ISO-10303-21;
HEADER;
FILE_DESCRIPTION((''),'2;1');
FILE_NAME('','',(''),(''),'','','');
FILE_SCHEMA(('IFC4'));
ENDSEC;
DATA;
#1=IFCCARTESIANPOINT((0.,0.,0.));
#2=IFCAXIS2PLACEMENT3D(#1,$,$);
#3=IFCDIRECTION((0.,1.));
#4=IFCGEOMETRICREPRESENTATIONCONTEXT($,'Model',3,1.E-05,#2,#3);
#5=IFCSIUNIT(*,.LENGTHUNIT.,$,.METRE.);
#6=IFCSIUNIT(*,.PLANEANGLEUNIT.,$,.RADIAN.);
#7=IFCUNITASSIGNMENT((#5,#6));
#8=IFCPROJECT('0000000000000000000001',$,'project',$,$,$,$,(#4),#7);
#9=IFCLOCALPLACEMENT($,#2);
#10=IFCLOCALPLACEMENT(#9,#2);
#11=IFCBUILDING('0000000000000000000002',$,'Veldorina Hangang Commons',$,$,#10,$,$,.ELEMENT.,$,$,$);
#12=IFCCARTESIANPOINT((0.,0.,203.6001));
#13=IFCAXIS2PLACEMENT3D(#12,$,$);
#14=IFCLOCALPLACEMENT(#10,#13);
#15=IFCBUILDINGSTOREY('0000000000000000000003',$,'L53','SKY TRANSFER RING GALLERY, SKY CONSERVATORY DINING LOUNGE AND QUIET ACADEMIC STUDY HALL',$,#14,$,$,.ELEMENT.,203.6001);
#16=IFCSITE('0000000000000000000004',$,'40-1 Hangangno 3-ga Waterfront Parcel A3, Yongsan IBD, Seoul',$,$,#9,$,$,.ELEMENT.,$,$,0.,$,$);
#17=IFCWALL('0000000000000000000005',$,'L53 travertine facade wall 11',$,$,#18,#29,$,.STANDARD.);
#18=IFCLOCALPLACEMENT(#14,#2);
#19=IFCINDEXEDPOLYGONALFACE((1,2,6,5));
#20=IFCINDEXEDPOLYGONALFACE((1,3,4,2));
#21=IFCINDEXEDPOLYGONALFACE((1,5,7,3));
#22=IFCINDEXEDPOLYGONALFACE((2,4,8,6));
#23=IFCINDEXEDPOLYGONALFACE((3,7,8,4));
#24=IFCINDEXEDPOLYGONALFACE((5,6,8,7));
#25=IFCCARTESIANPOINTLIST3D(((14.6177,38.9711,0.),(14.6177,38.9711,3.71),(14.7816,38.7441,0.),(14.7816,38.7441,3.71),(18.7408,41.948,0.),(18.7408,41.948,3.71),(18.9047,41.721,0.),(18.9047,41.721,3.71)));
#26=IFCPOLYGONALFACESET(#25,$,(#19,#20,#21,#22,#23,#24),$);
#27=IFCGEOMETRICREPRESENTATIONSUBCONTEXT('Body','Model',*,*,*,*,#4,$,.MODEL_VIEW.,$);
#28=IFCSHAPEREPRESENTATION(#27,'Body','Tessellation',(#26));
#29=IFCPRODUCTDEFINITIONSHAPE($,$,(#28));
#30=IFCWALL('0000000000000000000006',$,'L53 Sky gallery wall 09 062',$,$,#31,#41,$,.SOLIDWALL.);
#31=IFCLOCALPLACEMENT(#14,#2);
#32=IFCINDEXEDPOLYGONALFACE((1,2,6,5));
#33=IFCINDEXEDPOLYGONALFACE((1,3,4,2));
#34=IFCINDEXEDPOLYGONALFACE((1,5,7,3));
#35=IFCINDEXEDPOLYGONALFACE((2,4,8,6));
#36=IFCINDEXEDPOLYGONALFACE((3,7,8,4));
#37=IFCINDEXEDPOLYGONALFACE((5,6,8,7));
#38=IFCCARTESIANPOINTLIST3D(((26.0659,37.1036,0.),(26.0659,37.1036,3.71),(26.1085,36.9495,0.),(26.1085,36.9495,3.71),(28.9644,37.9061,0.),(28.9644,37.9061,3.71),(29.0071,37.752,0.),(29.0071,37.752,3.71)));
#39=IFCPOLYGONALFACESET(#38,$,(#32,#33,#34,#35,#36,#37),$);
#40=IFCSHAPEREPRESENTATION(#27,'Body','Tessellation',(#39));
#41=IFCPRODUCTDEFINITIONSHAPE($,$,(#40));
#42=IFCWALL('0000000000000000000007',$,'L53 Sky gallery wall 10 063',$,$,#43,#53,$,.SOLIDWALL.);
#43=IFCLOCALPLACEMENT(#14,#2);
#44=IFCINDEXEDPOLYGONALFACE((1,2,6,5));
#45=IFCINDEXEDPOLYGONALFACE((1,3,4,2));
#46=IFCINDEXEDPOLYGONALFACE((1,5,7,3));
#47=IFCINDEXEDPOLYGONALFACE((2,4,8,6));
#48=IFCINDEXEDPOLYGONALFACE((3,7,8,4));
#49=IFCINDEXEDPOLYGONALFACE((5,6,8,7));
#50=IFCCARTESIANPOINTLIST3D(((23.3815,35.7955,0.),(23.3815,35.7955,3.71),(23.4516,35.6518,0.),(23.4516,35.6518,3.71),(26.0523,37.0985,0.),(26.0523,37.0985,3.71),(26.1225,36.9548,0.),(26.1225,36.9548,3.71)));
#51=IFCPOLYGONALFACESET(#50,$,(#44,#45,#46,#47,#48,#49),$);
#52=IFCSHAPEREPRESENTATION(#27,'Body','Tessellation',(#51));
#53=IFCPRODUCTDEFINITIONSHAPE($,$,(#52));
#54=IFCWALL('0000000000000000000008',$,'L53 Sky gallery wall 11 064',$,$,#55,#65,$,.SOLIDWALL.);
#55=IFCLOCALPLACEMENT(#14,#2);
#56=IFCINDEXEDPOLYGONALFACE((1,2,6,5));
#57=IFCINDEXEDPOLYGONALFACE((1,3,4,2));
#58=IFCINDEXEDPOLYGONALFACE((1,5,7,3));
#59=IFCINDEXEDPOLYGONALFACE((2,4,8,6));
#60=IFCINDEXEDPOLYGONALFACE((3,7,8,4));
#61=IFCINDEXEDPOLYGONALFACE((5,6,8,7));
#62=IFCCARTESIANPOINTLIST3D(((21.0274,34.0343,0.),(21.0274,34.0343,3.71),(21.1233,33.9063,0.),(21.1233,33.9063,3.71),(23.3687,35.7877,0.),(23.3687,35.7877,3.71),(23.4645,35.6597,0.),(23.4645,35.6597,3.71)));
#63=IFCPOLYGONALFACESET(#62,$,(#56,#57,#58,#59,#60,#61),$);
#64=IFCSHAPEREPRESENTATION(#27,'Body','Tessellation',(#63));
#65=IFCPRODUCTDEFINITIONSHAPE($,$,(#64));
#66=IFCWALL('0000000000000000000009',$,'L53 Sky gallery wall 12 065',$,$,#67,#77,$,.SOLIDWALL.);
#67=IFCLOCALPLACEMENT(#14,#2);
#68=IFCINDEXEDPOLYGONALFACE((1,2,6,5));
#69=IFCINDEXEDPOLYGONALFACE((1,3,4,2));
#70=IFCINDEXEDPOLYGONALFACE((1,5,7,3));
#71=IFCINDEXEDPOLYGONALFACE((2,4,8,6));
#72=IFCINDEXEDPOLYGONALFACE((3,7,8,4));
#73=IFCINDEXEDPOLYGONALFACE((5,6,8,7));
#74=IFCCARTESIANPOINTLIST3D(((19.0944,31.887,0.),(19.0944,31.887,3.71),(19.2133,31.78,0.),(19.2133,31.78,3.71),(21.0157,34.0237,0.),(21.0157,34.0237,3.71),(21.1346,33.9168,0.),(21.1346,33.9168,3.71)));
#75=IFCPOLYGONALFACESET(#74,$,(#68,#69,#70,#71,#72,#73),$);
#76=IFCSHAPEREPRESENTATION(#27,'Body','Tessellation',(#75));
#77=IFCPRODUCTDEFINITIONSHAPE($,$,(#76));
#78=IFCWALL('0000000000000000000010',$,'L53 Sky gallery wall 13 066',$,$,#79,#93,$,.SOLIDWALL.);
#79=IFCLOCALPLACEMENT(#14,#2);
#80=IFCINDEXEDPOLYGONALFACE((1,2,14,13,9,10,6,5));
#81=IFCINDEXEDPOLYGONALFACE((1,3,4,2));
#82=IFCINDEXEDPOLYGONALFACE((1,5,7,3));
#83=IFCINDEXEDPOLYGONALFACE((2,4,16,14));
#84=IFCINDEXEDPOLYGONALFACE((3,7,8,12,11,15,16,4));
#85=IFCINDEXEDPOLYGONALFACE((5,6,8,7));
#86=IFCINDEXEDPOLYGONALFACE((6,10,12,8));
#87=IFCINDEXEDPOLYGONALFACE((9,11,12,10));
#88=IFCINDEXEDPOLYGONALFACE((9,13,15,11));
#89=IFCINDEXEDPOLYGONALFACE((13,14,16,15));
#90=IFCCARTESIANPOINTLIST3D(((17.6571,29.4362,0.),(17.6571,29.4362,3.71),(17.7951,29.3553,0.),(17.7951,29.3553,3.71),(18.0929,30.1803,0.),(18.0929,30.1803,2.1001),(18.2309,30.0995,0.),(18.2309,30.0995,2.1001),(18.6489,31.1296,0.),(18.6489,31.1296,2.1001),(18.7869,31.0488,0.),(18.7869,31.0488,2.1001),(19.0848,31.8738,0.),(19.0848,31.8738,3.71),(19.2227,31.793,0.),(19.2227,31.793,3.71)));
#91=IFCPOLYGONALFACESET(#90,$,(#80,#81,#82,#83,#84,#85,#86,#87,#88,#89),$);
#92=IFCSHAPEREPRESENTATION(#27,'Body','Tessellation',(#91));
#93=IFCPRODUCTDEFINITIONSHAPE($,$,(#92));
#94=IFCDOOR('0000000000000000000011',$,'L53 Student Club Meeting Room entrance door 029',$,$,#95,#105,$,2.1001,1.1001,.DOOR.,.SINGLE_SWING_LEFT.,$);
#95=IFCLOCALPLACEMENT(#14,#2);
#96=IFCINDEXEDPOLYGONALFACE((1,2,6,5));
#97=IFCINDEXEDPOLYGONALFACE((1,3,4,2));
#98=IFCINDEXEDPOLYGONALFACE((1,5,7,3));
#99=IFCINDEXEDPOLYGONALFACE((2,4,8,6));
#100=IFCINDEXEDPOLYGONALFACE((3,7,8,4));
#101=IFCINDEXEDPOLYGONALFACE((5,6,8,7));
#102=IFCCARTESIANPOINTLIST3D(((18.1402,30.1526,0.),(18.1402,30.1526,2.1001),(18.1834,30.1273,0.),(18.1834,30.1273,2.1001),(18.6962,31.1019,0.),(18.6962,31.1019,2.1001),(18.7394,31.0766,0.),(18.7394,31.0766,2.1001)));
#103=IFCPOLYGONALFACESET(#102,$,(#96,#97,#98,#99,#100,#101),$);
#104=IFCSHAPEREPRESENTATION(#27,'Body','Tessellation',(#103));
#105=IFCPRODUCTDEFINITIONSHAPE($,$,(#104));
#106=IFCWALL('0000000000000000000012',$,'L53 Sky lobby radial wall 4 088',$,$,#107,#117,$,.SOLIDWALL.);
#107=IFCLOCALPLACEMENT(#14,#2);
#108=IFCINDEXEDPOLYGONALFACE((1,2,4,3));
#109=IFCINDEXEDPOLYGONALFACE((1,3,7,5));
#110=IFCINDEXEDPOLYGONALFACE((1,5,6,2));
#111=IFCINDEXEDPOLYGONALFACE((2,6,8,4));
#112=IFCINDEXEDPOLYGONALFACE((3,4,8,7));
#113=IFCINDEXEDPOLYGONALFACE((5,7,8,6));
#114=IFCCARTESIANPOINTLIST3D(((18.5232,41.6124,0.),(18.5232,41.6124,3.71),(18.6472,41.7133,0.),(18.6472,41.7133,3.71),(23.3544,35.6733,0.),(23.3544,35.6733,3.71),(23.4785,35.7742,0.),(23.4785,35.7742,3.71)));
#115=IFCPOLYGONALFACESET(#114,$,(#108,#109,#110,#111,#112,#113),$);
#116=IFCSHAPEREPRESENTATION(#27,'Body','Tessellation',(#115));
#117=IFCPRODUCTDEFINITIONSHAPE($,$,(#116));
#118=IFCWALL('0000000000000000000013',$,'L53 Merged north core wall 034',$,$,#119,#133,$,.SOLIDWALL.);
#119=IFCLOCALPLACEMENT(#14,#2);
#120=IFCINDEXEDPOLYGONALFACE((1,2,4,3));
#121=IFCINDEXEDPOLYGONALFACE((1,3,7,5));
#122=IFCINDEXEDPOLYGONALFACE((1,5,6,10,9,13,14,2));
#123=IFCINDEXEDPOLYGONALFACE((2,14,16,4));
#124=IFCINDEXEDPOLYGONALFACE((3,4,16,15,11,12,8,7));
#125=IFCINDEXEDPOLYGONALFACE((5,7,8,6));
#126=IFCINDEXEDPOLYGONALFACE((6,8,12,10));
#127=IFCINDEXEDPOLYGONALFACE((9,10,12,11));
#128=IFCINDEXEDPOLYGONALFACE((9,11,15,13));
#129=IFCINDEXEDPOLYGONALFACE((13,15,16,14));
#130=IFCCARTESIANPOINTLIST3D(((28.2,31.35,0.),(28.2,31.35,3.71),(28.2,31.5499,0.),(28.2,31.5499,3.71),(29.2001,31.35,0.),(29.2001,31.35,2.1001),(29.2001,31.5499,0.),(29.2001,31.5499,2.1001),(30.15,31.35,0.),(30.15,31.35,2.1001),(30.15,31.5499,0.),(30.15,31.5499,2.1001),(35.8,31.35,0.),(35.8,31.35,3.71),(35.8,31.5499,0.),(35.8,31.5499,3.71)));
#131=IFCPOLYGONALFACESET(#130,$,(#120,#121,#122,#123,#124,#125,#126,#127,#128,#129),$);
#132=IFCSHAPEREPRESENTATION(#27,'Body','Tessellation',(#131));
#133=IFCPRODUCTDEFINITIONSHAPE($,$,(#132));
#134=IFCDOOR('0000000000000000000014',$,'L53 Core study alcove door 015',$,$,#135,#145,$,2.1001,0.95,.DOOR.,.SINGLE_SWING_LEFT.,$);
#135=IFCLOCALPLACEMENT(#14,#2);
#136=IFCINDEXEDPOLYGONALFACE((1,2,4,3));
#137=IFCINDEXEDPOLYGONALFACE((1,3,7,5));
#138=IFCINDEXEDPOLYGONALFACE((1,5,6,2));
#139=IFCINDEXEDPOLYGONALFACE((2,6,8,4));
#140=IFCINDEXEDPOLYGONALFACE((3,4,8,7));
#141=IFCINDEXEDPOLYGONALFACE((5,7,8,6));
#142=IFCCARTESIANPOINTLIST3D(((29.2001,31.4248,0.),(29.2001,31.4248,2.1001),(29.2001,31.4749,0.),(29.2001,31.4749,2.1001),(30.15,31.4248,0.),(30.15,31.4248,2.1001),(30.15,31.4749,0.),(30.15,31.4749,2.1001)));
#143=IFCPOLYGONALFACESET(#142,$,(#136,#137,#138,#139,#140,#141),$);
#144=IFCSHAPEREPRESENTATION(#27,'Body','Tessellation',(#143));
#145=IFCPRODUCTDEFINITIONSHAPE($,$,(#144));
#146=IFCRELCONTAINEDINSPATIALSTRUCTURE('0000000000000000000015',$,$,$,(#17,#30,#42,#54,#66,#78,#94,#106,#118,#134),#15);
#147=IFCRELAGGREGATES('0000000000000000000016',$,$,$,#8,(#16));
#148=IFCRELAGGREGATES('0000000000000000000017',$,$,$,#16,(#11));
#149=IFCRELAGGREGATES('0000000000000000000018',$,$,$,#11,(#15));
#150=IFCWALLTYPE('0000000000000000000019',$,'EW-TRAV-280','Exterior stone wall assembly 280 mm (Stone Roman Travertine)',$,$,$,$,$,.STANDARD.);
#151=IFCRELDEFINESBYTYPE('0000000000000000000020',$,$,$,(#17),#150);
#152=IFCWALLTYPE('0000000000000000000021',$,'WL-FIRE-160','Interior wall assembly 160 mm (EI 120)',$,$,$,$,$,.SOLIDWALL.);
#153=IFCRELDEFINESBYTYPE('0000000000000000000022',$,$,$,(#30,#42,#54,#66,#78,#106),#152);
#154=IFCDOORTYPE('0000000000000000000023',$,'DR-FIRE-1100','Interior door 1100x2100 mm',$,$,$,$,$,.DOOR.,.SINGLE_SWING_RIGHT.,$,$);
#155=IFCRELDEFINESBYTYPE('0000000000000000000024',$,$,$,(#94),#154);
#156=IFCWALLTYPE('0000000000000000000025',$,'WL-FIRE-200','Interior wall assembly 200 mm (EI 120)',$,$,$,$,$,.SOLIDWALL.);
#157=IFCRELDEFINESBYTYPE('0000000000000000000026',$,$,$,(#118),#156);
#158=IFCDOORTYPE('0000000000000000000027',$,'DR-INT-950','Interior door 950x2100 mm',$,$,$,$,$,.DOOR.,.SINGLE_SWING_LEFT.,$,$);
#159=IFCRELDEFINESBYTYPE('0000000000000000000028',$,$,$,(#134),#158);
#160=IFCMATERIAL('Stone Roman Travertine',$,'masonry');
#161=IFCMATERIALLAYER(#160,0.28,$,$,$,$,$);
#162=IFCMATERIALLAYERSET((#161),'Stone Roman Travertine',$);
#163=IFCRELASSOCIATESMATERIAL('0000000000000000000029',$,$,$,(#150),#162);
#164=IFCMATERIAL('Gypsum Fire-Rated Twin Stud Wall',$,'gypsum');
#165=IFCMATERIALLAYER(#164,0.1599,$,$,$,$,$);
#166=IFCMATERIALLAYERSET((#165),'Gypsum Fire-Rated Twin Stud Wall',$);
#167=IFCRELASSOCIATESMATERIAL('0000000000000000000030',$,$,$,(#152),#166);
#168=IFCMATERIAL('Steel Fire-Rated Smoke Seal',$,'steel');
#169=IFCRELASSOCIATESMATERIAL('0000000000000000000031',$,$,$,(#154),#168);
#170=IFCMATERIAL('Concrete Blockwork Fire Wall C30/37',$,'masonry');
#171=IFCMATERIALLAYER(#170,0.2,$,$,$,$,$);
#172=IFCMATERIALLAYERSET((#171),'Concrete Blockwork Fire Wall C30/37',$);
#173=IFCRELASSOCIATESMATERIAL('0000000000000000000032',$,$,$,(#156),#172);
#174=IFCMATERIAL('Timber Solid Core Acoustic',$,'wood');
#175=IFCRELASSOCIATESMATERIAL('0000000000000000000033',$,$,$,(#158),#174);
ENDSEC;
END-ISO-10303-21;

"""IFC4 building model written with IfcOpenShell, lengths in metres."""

from ifc_helpers import new_model, si_unit, direction, frame, frame_2d, origin, place, context, subcontext, project, spatial, rectangle, extrude, material, layer, layer_set, type_object, element, fill, save


model = new_model("IFC4")

# Units and contexts
model_context = context("Model", 3, precision=1e-05, world=origin(), true_north=direction((0.0, 1.0)))
body_context = subcontext(model_context, "Body", "Model", "MODEL_VIEW")
ifc_project = project(units=[si_unit("LENGTHUNIT", "METRE"), si_unit("PLANEANGLEUNIT", "RADIAN")], contexts=[model_context])

# Site, building, storey
site_placement = place(None, origin())
site = spatial("IfcSite", under=ifc_project, at=site_placement, Name="40-1 Hangangno 3-ga Waterfront Parcel A3, Yongsan IBD, Seoul", CompositionType="ELEMENT", RefElevation=0.0)
building_placement = place(site_placement, origin())
building = spatial("IfcBuilding", under=site, at=building_placement, Name="Veldorina Hangang Commons", CompositionType="ELEMENT")
storey_placement = place(building_placement, frame((0.0, 0.0, 203.6001)))
storey = spatial("IfcBuildingStorey", under=building, at=storey_placement, Name="L53", Description="SKY TRANSFER RING GALLERY, SKY CONSERVATORY DINING LOUNGE AND QUIET ACADEMIC STUDY HALL", CompositionType="ELEMENT", Elevation=203.6001)

# Walls
ifc_material_1 = material(Name="Stone Roman Travertine", Category="masonry")
ifc_layer_1 = layer(ifc_material_1, 0.28)
ifc_layer_set_1 = layer_set([ifc_layer_1], Name="Stone Roman Travertine")
wall_type_1 = type_object("IfcWallType", Name="EW-TRAV-280", Description="Exterior stone wall assembly 280 mm (Stone Roman Travertine)", PredefinedType="STANDARD", material=ifc_layer_set_1)
wall_1_placement = place(storey_placement, frame((18.8228, 41.8345, 0.0), z_axis=(0.0, 0.0, 1.0), x_axis=(-0.810768, -0.585368, 0.0)))
element("IfcWall", 1, at=wall_1_placement, inside=storey, type_object=wall_type_1, Name="L53 travertine facade wall 11", PredefinedType="STANDARD", context=body_context, shape_type="SweptSolid", body=[
    extrude(rectangle(XDim=5.0854, YDim=0.28, at=frame_2d((2.5427, 0.0))), origin(), (0.0, 0.0, 1.0), 3.71),
])
ifc_material_2 = material(Name="Gypsum Fire-Rated Twin Stud Wall", Category="gypsum")
ifc_layer_2 = layer(ifc_material_2, 0.1599)
ifc_layer_set_2 = layer_set([ifc_layer_2], Name="Gypsum Fire-Rated Twin Stud Wall")
wall_type_2 = type_object("IfcWallType", Name="WL-FIRE-160", Description="Interior wall assembly 160 mm (EI 120)", PredefinedType="SOLIDWALL", material=ifc_layer_set_2)
wall_2_placement = place(storey_placement, frame((28.9858, 37.8291, 0.0), z_axis=(0.0, 0.0, 1.0), x_axis=(-0.963743, -0.266832, 0.0)))
element("IfcWall", 2, at=wall_2_placement, inside=storey, type_object=wall_type_2, Name="L53 Sky gallery wall 09 062", PredefinedType="SOLIDWALL", context=body_context, shape_type="SweptSolid", body=[
    extrude(rectangle(XDim=3.0076, YDim=0.1599, at=frame_2d((1.5039, 0.0))), origin(), (0.0, 0.0, 1.0), 3.71),
])
wall_3_placement = place(storey_placement, frame((26.0874, 37.0266, 0.0), z_axis=(0.0, 0.0, 1.0), x_axis=(-0.898755, -0.438451, 0.0)))
element("IfcWall", 3, at=wall_3_placement, inside=storey, type_object=wall_type_2, Name="L53 Sky gallery wall 10 063", PredefinedType="SOLIDWALL", context=body_context, shape_type="SweptSolid", body=[
    extrude(rectangle(XDim=2.9717, YDim=0.1599, at=frame_2d((1.4858, 0.0))), origin(), (0.0, 0.0, 1.0), 3.71),
])
wall_4_placement = place(storey_placement, frame((23.4165, 35.7236, 0.0), z_axis=(0.0, 0.0, 1.0), x_axis=(-0.80042, -0.599439, 0.0)))
element("IfcWall", 4, at=wall_4_placement, inside=storey, type_object=wall_type_2, Name="L53 Sky gallery wall 11 064", PredefinedType="SOLIDWALL", context=body_context, shape_type="SweptSolid", body=[
    extrude(rectangle(XDim=2.925, YDim=0.1599, at=frame_2d((1.4624, 0.0))), origin(), (0.0, 0.0, 1.0), 3.71),
])
wall_5_placement = place(storey_placement, frame((21.0752, 33.9702, 0.0), z_axis=(0.0, 0.0, 1.0), x_axis=(-0.668645, -0.743581, 0.0)))
element("IfcWall", 5, at=wall_5_placement, inside=storey, type_object=wall_type_2, Name="L53 Sky gallery wall 12 065", PredefinedType="SOLIDWALL", context=body_context, shape_type="SweptSolid", body=[
    extrude(rectangle(XDim=2.8735, YDim=0.1599, at=frame_2d((1.4368, 0.0))), origin(), (0.0, 0.0, 1.0), 3.71),
])

# Wall, opening, door
wall_6_placement = place(storey_placement, frame((19.1538, 31.8335, 0.0), z_axis=(0.0, 0.0, 1.0), x_axis=(-0.50538, -0.862897, 0.0)))
wall_6 = element("IfcWall", 6, at=wall_6_placement, inside=storey, type_object=wall_type_2, Name="L53 Sky gallery wall 13 066", PredefinedType="SOLIDWALL", context=body_context, shape_type="SweptSolid", body=[
    extrude(rectangle(XDim=2.825, YDim=0.1599, at=frame_2d((1.4126, 0.0))), origin(), (0.0, 0.0, 1.0), 3.71),
])
opening_1_placement = place(wall_6_placement, frame((0.8625, 0.0, 0.0)))
opening_1 = element("IfcOpeningElement", 7, at=opening_1_placement, cuts=wall_6, PredefinedType="OPENING", context=body_context, shape_type="SweptSolid", body=[
    extrude(rectangle(XDim=1.1001, YDim=2.1001, at=frame_2d((0.55, 1.05))), frame((0.0, 0.0898, 0.0), z_axis=(0.0, -1.0, 0.0), x_axis=(1.0, 0.0, 0.0)), (0.0, 0.0, 1.0), 0.1799),
])
ifc_material_3 = material(Name="Steel Fire-Rated Smoke Seal", Category="steel")
door_type_1 = type_object("IfcDoorType", Name="DR-FIRE-1100", Description="Interior door 1100x2100 mm", OperationType="SINGLE_SWING_RIGHT", PredefinedType="DOOR", material=ifc_material_3)
door_1_placement = place(opening_1_placement, origin())
door_1 = element("IfcDoor", 8, at=door_1_placement, inside=storey, type_object=door_type_1, Name="L53 Student Club Meeting Room entrance door 029", OperationType="SINGLE_SWING_LEFT", OverallHeight=2.1001, OverallWidth=1.1001, PredefinedType="DOOR", context=body_context, shape_type="SweptSolid", body=[
    extrude(rectangle(XDim=1.1001, YDim=2.1001, at=frame_2d((0.55, 1.05))), frame((0.0, 0.0249, 0.0), z_axis=(0.0, -1.0, 0.0), x_axis=(1.0, 0.0, 0.0)), (0.0, 0.0, 1.0), 0.05),
])
fill(opening_1, door_1)

# Wall
wall_7_placement = place(storey_placement, frame((23.4165, 35.7236, 0.0), z_axis=(0.0, 0.0, 1.0), x_axis=(-0.63104, 0.77575, 0.0)))
element("IfcWall", 9, at=wall_7_placement, inside=storey, type_object=wall_type_2, Name="L53 Sky lobby radial wall 4 088", PredefinedType="SOLIDWALL", context=body_context, shape_type="SweptSolid", body=[
    extrude(rectangle(XDim=7.656, YDim=0.1599, at=frame_2d((3.8281, 0.0))), origin(), (0.0, 0.0, 1.0), 3.71),
])

# Wall, opening, door
ifc_material_4 = material(Name="Concrete Blockwork Fire Wall C30/37", Category="masonry")
ifc_layer_3 = layer(ifc_material_4, 0.2)
ifc_layer_set_3 = layer_set([ifc_layer_3], Name="Concrete Blockwork Fire Wall C30/37")
wall_type_3 = type_object("IfcWallType", Name="WL-FIRE-200", Description="Interior wall assembly 200 mm (EI 120)", PredefinedType="SOLIDWALL", material=ifc_layer_set_3)
wall_8_placement = place(storey_placement, frame((28.2, 31.45, 0.0), z_axis=(0.0, 0.0, 1.0), x_axis=(1.0, 0.0, 0.0)))
wall_8 = element("IfcWall", 10, at=wall_8_placement, inside=storey, type_object=wall_type_3, Name="L53 Merged north core wall 034", PredefinedType="SOLIDWALL", context=body_context, shape_type="SweptSolid", body=[
    extrude(rectangle(XDim=7.6001, YDim=0.2, at=frame_2d((3.8, 0.0))), origin(), (0.0, 0.0, 1.0), 3.71),
])
opening_2_placement = place(wall_8_placement, frame((1.0, 0.0, 0.0)))
opening_2 = element("IfcOpeningElement", 11, at=opening_2_placement, cuts=wall_8, PredefinedType="OPENING", context=body_context, shape_type="SweptSolid", body=[
    extrude(rectangle(XDim=0.95, YDim=2.1001, at=frame_2d((0.4751, 1.05))), frame((0.0, 0.1099, 0.0), z_axis=(0.0, -1.0, 0.0), x_axis=(1.0, 0.0, 0.0)), (0.0, 0.0, 1.0), 0.22),
])
ifc_material_5 = material(Name="Timber Solid Core Acoustic", Category="wood")
door_type_2 = type_object("IfcDoorType", Name="DR-INT-950", Description="Interior door 950x2100 mm", OperationType="SINGLE_SWING_LEFT", PredefinedType="DOOR", material=ifc_material_5)
door_2_placement = place(opening_2_placement, origin())
door_2 = element("IfcDoor", 12, at=door_2_placement, inside=storey, type_object=door_type_2, Name="L53 Core study alcove door 015", OperationType="SINGLE_SWING_LEFT", OverallHeight=2.1001, OverallWidth=0.95, PredefinedType="DOOR", context=body_context, shape_type="SweptSolid", body=[
    extrude(rectangle(XDim=0.95, YDim=2.1001, at=frame_2d((0.4751, 1.05))), frame((0.0, 0.0249, 0.0), z_axis=(0.0, -1.0, 0.0), x_axis=(1.0, 0.0, 0.0)), (0.0, 0.0, 1.0), 0.05),
])
fill(opening_2, door_2)

save(model, "model.ifc")
